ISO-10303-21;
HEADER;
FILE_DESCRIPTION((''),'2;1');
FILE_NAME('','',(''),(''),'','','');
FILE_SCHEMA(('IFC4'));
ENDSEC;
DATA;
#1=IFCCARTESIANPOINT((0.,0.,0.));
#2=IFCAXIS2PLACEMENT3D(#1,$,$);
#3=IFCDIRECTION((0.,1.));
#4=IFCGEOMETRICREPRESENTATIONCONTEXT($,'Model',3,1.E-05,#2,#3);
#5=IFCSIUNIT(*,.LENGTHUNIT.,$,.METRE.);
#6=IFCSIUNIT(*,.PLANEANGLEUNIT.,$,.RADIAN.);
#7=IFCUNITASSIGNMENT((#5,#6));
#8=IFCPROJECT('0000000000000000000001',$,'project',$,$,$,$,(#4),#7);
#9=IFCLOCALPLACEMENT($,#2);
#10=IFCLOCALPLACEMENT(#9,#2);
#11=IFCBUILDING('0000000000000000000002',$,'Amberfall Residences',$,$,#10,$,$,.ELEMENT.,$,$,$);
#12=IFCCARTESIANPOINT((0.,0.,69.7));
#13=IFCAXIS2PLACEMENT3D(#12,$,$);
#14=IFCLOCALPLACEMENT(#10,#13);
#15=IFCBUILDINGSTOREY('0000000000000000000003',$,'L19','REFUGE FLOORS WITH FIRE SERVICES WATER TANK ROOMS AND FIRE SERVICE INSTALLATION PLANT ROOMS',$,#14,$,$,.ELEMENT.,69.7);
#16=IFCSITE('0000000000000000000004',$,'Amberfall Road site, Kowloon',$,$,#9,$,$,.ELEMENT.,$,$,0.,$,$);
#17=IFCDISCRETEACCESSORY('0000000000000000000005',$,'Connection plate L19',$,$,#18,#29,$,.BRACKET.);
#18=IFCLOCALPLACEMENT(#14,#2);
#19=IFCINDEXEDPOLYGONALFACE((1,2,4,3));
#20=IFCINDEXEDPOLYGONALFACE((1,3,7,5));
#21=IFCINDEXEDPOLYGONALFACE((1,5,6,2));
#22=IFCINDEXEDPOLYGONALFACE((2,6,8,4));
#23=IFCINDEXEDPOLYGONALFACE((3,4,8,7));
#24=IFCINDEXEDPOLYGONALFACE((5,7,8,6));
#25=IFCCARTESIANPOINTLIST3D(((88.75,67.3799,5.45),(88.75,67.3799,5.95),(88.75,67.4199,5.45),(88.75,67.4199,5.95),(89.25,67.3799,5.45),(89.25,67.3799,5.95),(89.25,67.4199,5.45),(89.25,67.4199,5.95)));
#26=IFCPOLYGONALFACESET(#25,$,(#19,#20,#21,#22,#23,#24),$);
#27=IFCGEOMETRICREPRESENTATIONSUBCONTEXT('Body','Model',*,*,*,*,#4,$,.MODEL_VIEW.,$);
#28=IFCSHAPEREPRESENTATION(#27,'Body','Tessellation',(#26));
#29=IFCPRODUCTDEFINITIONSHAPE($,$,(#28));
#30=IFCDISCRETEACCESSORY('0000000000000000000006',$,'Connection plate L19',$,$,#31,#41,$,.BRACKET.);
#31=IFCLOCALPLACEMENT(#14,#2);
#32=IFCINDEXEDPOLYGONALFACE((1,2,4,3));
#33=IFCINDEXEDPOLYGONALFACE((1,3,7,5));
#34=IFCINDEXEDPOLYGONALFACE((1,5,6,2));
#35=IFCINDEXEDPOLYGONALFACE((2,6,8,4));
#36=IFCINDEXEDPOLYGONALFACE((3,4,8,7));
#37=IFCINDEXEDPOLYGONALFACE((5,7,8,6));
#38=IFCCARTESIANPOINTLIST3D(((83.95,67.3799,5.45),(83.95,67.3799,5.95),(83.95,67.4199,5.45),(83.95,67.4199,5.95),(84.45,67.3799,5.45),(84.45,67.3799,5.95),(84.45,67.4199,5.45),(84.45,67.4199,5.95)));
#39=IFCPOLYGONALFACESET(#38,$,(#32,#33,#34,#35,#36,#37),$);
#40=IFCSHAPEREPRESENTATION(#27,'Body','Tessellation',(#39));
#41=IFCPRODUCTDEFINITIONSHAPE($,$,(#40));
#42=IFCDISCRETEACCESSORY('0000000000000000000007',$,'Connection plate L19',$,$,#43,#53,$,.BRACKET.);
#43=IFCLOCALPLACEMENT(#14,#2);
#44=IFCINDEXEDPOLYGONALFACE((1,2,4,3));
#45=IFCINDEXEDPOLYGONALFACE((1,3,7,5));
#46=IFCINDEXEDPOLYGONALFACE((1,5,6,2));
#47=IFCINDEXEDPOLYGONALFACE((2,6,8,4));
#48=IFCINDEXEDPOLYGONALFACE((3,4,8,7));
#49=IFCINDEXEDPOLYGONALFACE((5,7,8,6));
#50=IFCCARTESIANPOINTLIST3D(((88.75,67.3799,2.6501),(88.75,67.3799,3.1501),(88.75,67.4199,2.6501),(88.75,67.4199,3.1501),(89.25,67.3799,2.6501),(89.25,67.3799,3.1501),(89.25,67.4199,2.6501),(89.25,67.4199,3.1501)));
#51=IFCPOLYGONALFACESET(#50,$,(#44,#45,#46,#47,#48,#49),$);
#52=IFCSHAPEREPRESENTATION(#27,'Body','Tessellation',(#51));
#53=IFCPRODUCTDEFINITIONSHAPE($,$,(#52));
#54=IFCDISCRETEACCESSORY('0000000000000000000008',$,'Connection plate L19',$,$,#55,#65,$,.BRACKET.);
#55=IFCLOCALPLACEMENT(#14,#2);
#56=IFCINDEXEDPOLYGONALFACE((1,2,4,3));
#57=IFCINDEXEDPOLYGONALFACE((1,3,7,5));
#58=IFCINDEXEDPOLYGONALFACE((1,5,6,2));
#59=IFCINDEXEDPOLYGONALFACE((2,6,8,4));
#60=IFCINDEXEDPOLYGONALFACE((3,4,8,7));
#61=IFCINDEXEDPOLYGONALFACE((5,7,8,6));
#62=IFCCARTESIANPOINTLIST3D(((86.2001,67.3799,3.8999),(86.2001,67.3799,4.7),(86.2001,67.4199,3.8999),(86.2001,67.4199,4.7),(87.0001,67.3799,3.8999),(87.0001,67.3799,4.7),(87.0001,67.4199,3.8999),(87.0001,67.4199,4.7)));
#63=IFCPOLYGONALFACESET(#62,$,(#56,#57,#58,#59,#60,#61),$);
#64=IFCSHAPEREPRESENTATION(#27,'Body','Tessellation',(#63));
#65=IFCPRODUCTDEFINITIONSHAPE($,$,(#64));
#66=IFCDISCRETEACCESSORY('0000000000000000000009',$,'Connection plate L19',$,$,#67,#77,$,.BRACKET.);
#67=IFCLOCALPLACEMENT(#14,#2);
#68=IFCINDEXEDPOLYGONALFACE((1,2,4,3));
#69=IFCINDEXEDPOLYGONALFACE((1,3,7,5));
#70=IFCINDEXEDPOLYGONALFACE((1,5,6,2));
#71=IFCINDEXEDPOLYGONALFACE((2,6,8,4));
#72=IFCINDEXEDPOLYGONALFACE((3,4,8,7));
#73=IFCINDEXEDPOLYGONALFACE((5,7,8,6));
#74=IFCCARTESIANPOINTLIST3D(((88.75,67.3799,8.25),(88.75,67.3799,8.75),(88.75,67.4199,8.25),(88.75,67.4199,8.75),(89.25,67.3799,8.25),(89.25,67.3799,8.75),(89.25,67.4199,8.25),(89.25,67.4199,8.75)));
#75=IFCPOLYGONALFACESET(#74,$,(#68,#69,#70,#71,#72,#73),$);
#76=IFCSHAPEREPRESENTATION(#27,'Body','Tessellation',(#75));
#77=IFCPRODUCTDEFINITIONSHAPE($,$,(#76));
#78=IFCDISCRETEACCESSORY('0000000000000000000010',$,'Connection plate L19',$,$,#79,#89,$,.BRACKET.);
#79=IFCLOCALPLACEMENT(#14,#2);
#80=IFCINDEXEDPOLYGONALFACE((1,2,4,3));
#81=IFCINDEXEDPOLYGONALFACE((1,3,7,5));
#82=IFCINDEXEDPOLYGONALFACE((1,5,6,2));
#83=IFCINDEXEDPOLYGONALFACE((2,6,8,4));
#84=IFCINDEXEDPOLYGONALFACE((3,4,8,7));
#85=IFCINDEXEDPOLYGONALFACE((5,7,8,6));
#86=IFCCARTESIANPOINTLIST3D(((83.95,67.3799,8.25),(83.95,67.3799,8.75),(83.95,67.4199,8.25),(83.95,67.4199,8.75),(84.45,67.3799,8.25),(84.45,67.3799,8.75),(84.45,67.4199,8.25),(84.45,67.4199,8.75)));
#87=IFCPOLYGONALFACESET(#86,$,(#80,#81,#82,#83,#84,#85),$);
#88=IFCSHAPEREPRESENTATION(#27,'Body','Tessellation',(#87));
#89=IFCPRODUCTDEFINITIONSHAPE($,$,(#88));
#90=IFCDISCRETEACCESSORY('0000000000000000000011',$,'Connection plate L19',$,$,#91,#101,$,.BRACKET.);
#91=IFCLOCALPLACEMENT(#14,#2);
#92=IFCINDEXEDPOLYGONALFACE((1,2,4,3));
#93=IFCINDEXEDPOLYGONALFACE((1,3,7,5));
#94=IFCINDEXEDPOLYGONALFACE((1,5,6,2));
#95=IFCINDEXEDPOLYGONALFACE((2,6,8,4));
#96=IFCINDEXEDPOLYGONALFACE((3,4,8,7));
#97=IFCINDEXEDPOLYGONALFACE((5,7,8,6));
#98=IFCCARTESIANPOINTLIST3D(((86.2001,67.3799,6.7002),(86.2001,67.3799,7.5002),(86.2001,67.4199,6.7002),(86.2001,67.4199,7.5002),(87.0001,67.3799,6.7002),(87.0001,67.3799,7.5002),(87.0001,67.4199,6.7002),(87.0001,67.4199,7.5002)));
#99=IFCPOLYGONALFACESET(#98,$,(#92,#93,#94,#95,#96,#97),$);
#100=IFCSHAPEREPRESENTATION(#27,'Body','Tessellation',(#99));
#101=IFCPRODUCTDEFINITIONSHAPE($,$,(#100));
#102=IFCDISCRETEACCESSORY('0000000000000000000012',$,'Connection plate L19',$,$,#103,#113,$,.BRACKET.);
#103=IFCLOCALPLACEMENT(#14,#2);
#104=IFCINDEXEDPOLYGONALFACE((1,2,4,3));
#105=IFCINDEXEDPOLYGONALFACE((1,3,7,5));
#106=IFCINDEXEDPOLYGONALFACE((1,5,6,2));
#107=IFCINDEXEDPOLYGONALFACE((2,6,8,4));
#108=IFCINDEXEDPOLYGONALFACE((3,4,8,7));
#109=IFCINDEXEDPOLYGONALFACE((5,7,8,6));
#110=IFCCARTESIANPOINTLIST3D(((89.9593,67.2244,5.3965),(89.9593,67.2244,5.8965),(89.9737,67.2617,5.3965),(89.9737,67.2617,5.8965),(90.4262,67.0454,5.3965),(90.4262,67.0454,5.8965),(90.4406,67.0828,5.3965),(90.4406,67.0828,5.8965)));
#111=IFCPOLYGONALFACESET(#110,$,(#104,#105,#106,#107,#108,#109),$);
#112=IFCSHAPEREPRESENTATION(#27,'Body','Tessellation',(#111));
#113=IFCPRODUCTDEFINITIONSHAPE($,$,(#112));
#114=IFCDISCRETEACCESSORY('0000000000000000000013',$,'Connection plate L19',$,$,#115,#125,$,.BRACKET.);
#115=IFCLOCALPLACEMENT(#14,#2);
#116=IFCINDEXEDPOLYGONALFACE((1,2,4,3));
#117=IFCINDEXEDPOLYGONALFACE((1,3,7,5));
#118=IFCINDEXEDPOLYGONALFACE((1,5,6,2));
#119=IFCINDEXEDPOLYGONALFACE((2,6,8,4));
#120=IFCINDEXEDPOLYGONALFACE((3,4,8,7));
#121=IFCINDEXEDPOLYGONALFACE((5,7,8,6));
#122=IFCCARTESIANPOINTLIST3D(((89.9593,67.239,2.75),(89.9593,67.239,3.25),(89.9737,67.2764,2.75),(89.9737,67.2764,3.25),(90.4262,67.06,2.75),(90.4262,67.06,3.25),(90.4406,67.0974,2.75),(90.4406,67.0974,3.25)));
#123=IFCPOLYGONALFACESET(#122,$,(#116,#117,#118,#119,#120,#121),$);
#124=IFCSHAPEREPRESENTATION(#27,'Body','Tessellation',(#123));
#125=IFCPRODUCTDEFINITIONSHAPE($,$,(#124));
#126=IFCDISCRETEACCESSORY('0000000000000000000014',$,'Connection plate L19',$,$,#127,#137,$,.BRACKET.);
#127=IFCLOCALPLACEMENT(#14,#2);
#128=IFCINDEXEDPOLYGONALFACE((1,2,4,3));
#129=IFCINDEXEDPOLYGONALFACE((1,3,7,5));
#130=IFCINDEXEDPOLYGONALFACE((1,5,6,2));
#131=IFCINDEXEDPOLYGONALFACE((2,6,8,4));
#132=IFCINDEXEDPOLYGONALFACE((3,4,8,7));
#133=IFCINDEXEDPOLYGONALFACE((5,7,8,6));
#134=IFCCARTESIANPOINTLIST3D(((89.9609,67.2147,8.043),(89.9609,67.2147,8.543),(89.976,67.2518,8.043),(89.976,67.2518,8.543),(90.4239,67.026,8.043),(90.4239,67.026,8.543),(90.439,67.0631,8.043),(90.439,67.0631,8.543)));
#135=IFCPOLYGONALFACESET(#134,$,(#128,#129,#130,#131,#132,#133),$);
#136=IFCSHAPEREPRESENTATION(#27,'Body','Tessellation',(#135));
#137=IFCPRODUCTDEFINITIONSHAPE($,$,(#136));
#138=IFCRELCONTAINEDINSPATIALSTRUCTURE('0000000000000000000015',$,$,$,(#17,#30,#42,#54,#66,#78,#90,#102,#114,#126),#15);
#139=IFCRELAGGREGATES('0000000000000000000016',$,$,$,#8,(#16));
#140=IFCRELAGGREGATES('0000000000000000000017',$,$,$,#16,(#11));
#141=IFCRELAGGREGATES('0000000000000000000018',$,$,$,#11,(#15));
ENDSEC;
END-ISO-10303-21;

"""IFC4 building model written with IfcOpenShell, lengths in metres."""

from ifc_helpers import new_model, si_unit, direction, frame, origin, origin_2d, place, context, subcontext, project, spatial, rectangle, extrude, element, save


model = new_model("IFC4")

# Units and contexts
model_context = context("Model", 3, precision=1e-05, world=origin(), true_north=direction((0.0, 1.0)))
body_context = subcontext(model_context, "Body", "Model", "MODEL_VIEW")
ifc_project = project(units=[si_unit("LENGTHUNIT", "METRE"), si_unit("PLANEANGLEUNIT", "RADIAN")], contexts=[model_context])

# Site, building, storey
site_placement = place(None, origin())
site = spatial("IfcSite", under=ifc_project, at=site_placement, Name="Amberfall Road site, Kowloon", CompositionType="ELEMENT", RefElevation=0.0)
building_placement = place(site_placement, origin())
building = spatial("IfcBuilding", under=site, at=building_placement, Name="Amberfall Residences", CompositionType="ELEMENT")
storey_placement = place(building_placement, frame((0.0, 0.0, 69.7)))
storey = spatial("IfcBuildingStorey", under=building, at=storey_placement, Name="L19", Description="REFUGE FLOORS WITH FIRE SERVICES WATER TANK ROOMS AND FIRE SERVICE INSTALLATION PLANT ROOMS", CompositionType="ELEMENT", Elevation=69.7)

# Discrete accessories
for number, where, z_axis, x_axis, name in (
    (1, (89.0, 67.3999, 5.45), (0.0, 0.0, 1.0), (1.0, 0.0, 0.0), "Connection plate L19"),
    (2, (84.2, 67.3999, 5.45), (0.0, 0.0, 1.0), (1.0, 0.0, 0.0), "Connection plate L19"),
    (3, (89.0, 67.3999, 2.6501), (0.0, 0.0, 1.0), (1.0, 0.0, 0.0), "Connection plate L19"),
):
    element("IfcDiscreteAccessory", number, at=place(storey_placement, frame(where, z_axis=z_axis, x_axis=x_axis)), inside=storey, Name=name, PredefinedType="BRACKET", context=body_context, shape_type="SweptSolid", body=[
        extrude(rectangle(XDim=0.5, YDim=0.04, at=origin_2d()), origin(), (0.0, 0.0, 1.0), 0.5),
    ])
discrete_accessory_1_placement = place(storey_placement, frame((86.6001, 67.3999, 3.8999), z_axis=(0.0, 0.0, 1.0), x_axis=(1.0, 0.0, 0.0)))
element("IfcDiscreteAccessory", 4, at=discrete_accessory_1_placement, inside=storey, Name="Connection plate L19", PredefinedType="BRACKET", context=body_context, shape_type="SweptSolid", body=[
    extrude(rectangle(XDim=0.8, YDim=0.04, at=origin_2d()), origin(), (0.0, 0.0, 1.0), 0.8),
])
for number, where, z_axis, x_axis, name in (
    (5, (89.0, 67.3999, 8.25), (0.0, 0.0, 1.0), (1.0, 0.0, 0.0), "Connection plate L19"),
    (6, (84.2, 67.3999, 8.25), (0.0, 0.0, 1.0), (1.0, 0.0, 0.0), "Connection plate L19"),
):
    element("IfcDiscreteAccessory", number, at=place(storey_placement, frame(where, z_axis=z_axis, x_axis=x_axis)), inside=storey, Name=name, PredefinedType="BRACKET", context=body_context, shape_type="SweptSolid", body=[
        extrude(rectangle(XDim=0.5, YDim=0.04, at=origin_2d()), origin(), (0.0, 0.0, 1.0), 0.5),
    ])
discrete_accessory_2_placement = place(storey_placement, frame((86.6001, 67.3999, 6.7002), z_axis=(0.0, 0.0, 1.0), x_axis=(1.0, 0.0, 0.0)))
element("IfcDiscreteAccessory", 7, at=discrete_accessory_2_placement, inside=storey, Name="Connection plate L19", PredefinedType="BRACKET", context=body_context, shape_type="SweptSolid", body=[
    extrude(rectangle(XDim=0.8, YDim=0.04, at=origin_2d()), origin(), (0.0, 0.0, 1.0), 0.8),
])
for number, where, z_axis, x_axis, name in (
    (8, (90.2, 67.1536, 5.3965), (0.0, 0.0, 1.0), (-0.933743, 0.357944, 0.0), "Connection plate L19"),
    (9, (90.2, 67.1682, 2.75), (0.0, 0.0, 1.0), (-0.933743, 0.357944, 0.0), "Connection plate L19"),
    (10, (90.2, 67.1389, 8.043), (0.0, 0.0, 1.0), (-0.926062, 0.377372, 0.0), "Connection plate L19"),
):
    element("IfcDiscreteAccessory", number, at=place(storey_placement, frame(where, z_axis=z_axis, x_axis=x_axis)), inside=storey, Name=name, PredefinedType="BRACKET", context=body_context, shape_type="SweptSolid", body=[
        extrude(rectangle(XDim=0.5, YDim=0.04, at=origin_2d()), origin(), (0.0, 0.0, 1.0), 0.5),
    ])

save(model, "model.ifc")
